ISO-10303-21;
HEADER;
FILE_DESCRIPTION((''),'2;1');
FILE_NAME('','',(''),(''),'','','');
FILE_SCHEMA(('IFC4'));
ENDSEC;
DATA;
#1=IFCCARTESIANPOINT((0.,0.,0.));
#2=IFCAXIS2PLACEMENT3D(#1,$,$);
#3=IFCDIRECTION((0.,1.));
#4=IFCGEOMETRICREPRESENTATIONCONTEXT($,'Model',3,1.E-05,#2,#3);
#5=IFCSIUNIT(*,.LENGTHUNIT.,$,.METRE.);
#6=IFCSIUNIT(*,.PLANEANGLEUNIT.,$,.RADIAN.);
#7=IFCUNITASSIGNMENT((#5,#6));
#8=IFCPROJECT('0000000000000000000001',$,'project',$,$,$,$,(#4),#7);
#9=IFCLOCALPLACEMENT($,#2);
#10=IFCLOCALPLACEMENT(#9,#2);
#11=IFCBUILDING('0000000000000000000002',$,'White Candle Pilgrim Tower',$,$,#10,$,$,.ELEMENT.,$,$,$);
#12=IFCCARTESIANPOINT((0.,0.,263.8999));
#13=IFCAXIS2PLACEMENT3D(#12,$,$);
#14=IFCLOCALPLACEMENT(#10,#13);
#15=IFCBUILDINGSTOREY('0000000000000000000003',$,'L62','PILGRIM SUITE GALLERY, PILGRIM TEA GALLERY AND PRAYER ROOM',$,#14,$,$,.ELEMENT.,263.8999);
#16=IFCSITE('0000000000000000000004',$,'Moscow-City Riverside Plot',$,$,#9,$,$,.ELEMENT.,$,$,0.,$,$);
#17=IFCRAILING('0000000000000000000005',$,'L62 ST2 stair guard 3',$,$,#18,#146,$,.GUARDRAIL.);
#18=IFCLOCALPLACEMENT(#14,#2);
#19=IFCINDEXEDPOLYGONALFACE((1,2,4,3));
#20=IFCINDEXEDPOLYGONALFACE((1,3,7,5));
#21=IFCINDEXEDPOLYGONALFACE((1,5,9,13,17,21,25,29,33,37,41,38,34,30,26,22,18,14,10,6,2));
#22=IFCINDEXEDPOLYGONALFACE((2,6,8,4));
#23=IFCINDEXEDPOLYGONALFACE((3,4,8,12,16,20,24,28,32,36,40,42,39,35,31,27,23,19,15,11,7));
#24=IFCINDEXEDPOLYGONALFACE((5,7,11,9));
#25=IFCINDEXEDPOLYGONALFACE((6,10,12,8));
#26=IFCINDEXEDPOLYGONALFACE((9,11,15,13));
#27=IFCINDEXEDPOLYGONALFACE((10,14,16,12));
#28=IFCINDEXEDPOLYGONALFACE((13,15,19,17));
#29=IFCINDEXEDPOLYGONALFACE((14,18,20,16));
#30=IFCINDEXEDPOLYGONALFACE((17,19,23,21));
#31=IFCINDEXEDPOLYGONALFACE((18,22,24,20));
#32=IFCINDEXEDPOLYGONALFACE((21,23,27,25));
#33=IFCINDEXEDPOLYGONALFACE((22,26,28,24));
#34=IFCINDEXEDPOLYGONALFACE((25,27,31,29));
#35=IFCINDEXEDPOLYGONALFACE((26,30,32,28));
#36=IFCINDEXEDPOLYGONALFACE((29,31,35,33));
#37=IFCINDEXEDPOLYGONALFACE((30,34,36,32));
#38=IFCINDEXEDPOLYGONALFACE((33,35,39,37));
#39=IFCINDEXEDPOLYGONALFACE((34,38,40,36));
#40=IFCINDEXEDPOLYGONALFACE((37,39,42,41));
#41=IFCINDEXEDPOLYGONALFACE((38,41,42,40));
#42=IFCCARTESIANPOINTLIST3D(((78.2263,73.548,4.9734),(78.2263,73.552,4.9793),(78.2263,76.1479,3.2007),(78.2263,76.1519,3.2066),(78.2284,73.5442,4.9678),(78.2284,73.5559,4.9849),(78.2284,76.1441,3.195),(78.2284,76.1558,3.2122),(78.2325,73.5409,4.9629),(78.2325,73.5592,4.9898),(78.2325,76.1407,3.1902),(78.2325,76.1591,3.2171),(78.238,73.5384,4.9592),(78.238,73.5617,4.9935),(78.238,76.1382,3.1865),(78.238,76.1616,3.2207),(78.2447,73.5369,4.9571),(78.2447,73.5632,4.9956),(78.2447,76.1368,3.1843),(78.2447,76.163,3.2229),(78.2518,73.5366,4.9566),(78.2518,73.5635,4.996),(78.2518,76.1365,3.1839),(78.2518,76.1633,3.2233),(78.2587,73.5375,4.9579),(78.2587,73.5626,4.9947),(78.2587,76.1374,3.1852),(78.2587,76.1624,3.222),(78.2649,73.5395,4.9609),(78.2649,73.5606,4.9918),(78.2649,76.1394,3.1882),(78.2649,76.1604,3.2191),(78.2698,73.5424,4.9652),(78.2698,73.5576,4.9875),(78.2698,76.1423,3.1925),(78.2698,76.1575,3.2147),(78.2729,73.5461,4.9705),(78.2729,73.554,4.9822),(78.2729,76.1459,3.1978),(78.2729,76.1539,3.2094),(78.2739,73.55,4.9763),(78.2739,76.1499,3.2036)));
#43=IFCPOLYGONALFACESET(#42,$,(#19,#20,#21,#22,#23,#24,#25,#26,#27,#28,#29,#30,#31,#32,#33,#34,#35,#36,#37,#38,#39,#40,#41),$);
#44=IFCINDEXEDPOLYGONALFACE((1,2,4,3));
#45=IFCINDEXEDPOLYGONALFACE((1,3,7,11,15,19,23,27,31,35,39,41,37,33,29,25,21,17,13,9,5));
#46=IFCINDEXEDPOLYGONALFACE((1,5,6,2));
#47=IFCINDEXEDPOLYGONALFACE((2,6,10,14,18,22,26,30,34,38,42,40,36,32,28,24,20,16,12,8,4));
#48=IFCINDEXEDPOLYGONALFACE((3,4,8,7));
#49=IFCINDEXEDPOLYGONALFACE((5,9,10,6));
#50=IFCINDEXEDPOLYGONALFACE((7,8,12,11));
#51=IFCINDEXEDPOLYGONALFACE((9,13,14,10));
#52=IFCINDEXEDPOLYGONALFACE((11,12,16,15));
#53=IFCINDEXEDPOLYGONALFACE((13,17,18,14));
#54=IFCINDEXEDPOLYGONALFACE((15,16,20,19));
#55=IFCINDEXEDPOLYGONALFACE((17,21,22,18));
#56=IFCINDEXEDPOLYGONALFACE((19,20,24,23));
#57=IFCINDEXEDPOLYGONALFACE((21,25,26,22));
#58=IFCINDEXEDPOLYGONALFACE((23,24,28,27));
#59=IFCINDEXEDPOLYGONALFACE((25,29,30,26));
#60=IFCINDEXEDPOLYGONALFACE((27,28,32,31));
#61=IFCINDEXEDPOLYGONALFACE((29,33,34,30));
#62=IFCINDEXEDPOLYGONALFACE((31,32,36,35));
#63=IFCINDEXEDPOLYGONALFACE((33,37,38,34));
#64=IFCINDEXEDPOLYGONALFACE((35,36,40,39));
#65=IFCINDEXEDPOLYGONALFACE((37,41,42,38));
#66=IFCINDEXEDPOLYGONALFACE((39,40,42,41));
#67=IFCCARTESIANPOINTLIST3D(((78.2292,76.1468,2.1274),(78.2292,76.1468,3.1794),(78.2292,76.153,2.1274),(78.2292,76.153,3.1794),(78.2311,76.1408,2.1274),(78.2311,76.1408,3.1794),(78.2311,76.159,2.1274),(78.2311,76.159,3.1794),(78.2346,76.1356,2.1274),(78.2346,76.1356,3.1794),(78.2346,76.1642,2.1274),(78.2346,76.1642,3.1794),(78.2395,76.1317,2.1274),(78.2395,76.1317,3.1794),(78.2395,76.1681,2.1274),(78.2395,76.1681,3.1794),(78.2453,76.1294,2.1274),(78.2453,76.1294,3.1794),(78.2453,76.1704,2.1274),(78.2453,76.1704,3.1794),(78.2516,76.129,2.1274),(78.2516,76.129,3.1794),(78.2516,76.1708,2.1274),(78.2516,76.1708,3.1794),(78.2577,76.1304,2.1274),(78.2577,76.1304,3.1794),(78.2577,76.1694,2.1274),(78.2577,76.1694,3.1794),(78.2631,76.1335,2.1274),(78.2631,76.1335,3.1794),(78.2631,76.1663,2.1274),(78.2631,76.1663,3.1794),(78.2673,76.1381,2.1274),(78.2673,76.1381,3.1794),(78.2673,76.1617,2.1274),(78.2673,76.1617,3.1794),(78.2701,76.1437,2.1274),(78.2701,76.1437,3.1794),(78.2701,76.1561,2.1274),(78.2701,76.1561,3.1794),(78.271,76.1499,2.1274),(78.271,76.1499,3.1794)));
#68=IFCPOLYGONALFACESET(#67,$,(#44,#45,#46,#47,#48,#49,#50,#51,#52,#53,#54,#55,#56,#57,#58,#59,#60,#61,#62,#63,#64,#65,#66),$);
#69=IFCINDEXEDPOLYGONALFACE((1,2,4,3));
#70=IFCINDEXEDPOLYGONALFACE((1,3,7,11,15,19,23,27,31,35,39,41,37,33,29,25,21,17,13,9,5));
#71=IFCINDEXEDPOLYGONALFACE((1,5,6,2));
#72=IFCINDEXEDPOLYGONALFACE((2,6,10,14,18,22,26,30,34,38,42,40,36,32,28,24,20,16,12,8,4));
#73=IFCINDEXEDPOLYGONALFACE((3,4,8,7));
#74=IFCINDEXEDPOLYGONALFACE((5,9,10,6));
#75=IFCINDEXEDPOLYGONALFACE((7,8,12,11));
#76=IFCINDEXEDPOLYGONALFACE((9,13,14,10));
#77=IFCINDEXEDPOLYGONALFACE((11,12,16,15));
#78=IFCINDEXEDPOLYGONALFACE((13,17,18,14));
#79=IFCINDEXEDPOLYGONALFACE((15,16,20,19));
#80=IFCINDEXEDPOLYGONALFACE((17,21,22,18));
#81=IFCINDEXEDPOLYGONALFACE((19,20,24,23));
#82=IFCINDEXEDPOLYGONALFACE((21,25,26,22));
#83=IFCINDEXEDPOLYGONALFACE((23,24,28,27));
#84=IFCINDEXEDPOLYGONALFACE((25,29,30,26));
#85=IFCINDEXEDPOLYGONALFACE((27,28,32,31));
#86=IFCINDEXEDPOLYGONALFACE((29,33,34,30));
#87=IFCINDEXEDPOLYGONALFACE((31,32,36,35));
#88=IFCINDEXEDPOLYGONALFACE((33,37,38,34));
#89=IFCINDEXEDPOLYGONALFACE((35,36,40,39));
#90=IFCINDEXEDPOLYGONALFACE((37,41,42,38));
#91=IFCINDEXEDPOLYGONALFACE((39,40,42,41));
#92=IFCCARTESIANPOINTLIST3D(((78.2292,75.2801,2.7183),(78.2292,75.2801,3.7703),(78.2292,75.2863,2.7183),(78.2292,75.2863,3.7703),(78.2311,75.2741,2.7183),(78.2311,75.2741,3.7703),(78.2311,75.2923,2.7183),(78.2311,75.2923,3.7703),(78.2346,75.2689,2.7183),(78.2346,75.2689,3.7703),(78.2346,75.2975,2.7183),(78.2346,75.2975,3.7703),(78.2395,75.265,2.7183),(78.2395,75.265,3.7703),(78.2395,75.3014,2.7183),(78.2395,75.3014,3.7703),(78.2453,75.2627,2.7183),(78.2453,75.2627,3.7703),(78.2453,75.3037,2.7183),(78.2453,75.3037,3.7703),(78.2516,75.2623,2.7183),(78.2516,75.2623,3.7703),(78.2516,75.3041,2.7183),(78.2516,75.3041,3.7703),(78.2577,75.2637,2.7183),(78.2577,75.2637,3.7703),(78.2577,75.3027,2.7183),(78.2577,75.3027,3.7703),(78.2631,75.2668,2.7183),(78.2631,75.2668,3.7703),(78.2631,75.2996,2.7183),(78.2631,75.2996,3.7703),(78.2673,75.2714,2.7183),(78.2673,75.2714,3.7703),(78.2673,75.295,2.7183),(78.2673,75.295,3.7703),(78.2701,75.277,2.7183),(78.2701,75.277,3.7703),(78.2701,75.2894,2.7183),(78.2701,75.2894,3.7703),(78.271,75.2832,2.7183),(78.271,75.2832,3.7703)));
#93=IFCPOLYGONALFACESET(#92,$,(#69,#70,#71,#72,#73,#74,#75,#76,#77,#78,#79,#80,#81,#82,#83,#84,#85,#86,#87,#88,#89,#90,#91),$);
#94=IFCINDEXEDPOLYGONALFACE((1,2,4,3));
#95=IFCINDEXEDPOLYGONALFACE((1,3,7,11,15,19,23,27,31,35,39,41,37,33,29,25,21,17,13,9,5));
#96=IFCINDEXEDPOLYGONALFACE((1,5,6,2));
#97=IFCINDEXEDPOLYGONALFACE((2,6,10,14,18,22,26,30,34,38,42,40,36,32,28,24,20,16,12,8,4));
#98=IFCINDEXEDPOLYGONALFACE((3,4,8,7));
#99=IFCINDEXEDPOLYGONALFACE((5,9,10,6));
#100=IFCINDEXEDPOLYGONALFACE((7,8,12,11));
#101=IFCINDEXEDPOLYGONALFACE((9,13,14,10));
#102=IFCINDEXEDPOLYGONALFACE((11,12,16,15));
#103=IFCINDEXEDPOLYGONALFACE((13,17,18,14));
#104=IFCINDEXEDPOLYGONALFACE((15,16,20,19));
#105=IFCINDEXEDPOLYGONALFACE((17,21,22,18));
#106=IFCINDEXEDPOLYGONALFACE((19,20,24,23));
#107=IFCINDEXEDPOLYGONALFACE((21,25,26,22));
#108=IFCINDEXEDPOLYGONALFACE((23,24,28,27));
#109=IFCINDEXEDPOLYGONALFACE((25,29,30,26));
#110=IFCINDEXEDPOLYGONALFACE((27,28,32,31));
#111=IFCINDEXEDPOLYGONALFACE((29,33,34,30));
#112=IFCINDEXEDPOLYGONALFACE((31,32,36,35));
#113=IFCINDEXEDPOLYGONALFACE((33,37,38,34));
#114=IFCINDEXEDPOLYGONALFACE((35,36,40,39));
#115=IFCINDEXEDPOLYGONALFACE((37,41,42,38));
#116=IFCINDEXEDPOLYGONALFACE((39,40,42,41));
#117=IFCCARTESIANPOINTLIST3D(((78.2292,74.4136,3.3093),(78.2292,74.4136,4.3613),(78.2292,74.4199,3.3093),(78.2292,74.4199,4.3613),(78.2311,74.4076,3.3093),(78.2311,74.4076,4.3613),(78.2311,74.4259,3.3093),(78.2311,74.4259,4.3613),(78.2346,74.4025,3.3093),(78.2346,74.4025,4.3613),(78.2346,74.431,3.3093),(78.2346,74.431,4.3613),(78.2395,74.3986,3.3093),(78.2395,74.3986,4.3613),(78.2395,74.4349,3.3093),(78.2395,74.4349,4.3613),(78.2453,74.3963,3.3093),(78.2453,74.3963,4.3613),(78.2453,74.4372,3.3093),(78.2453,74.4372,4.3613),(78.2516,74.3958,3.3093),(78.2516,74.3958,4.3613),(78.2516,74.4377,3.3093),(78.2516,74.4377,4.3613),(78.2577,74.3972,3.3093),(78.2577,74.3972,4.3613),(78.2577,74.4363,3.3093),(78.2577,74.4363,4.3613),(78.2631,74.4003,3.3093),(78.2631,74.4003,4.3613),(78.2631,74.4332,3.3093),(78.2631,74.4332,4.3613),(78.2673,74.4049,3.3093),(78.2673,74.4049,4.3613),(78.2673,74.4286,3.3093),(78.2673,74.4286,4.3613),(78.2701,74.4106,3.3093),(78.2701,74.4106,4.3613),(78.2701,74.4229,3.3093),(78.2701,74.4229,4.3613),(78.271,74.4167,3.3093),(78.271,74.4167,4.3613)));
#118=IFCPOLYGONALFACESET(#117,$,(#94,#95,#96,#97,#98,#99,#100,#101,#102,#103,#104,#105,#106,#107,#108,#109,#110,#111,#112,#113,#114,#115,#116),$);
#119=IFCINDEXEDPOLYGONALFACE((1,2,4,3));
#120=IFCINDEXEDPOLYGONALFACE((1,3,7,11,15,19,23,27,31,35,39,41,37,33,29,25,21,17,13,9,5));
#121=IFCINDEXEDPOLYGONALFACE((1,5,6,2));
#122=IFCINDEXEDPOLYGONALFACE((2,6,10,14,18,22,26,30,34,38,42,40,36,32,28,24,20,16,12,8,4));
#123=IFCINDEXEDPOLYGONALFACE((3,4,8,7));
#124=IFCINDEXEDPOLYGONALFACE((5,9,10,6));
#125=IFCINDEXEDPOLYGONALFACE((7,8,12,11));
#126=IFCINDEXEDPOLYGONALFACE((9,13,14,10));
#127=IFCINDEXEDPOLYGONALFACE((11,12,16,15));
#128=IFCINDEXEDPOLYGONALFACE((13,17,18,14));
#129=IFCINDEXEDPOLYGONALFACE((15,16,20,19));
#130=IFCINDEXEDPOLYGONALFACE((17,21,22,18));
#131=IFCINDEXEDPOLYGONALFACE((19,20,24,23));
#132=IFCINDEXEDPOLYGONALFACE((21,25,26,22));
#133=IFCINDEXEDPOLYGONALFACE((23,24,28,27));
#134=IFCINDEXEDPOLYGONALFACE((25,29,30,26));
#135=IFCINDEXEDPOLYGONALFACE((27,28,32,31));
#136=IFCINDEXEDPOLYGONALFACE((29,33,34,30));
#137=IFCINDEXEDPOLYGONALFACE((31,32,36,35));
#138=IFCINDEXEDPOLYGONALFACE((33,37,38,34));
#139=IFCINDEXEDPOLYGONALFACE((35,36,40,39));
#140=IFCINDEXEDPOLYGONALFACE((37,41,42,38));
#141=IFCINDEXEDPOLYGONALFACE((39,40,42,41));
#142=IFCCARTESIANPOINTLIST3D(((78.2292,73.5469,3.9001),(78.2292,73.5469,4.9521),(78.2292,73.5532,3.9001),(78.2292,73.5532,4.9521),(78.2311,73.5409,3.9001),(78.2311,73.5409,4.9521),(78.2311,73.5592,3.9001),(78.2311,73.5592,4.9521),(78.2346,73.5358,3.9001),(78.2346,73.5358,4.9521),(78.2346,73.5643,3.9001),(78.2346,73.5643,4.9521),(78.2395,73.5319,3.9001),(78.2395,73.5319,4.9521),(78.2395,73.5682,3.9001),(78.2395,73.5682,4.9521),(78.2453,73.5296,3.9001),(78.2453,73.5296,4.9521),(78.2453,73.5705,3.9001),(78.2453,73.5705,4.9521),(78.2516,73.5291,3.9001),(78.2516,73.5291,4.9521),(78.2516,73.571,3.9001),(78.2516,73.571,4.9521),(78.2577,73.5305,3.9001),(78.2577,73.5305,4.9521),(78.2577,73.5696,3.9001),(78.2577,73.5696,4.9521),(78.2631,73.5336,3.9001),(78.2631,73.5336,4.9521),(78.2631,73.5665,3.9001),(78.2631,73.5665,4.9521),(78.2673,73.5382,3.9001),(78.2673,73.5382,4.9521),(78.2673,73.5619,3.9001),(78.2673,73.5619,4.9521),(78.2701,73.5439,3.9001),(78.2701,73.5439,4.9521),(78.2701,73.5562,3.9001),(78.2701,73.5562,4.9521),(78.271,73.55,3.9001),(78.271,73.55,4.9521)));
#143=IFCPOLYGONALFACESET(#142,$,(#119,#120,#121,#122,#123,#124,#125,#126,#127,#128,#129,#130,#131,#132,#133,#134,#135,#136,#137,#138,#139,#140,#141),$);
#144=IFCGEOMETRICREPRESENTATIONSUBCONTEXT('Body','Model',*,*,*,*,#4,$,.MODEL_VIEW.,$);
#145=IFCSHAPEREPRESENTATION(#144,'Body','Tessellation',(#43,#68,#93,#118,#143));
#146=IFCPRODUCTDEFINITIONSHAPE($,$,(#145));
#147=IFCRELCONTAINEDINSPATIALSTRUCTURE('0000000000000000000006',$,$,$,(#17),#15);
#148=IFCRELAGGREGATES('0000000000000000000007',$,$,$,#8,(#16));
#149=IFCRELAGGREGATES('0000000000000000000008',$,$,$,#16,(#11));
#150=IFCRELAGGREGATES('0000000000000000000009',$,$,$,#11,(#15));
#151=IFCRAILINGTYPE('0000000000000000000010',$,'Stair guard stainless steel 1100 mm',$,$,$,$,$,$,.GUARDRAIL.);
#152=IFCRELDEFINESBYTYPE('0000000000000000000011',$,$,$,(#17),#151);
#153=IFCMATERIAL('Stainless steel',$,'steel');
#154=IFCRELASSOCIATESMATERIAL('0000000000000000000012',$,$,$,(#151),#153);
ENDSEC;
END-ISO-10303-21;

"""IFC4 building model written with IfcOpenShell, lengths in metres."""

from ifc_helpers import new_model, si_unit, direction, frame, origin, origin_2d, place, context, subcontext, project, spatial, circle, extrude, material, type_object, element, save


model = new_model("IFC4")

# Units and contexts
model_context = context("Model", 3, precision=1e-05, world=origin(), true_north=direction((0.0, 1.0)))
body_context = subcontext(model_context, "Body", "Model", "MODEL_VIEW")
ifc_project = project(units=[si_unit("LENGTHUNIT", "METRE"), si_unit("PLANEANGLEUNIT", "RADIAN")], contexts=[model_context])

# Site, building, storey
site_placement = place(None, origin())
site = spatial("IfcSite", under=ifc_project, at=site_placement, Name="Moscow-City Riverside Plot", CompositionType="ELEMENT", RefElevation=0.0)
building_placement = place(site_placement, origin())
building = spatial("IfcBuilding", under=site, at=building_placement, Name="White Candle Pilgrim Tower", CompositionType="ELEMENT")
storey_placement = place(building_placement, frame((0.0, 0.0, 263.8999)))
storey = spatial("IfcBuildingStorey", under=building, at=storey_placement, Name="L62", Description="PILGRIM SUITE GALLERY, PILGRIM TEA GALLERY AND PRAYER ROOM", CompositionType="ELEMENT", Elevation=263.8999)

# Railing
ifc_material_1 = material(Name="Stainless steel", Category="steel")
railing_type_1 = type_object("IfcRailingType", Name="Stair guard stainless steel 1100 mm", PredefinedType="GUARDRAIL", material=ifc_material_1)
railing_1_placement = place(storey_placement, frame((78.25, 76.1499, 2.1274)))
element("IfcRailing", 1, at=railing_1_placement, inside=storey, type_object=railing_type_1, Name="L62 ST2 stair guard 3", PredefinedType="GUARDRAIL", context=body_context, shape_type="SweptSolid", body=[
    extrude(circle(Radius=0.0239, at=origin_2d()), frame((0.0, 0.0, 1.0762), z_axis=(0.0, -0.826216, 0.563354), x_axis=(1.0, 0.0, 0.0)), (0.0, 0.0, 1.0), 3.1467),
    extrude(circle(Radius=0.021, at=origin_2d()), origin(), (0.0, 0.0, 1.0), 1.052),
    extrude(circle(Radius=0.021, at=origin_2d()), frame((0.0, -0.8667, 0.5908)), (0.0, 0.0, 1.0), 1.052),
    extrude(circle(Radius=0.021, at=origin_2d()), frame((0.0, -1.7332, 1.1819)), (0.0, 0.0, 1.0), 1.052),
    extrude(circle(Radius=0.021, at=origin_2d()), frame((0.0, -2.5999, 1.7727)), (0.0, 0.0, 1.0), 1.052),
])

save(model, "model.ifc")
